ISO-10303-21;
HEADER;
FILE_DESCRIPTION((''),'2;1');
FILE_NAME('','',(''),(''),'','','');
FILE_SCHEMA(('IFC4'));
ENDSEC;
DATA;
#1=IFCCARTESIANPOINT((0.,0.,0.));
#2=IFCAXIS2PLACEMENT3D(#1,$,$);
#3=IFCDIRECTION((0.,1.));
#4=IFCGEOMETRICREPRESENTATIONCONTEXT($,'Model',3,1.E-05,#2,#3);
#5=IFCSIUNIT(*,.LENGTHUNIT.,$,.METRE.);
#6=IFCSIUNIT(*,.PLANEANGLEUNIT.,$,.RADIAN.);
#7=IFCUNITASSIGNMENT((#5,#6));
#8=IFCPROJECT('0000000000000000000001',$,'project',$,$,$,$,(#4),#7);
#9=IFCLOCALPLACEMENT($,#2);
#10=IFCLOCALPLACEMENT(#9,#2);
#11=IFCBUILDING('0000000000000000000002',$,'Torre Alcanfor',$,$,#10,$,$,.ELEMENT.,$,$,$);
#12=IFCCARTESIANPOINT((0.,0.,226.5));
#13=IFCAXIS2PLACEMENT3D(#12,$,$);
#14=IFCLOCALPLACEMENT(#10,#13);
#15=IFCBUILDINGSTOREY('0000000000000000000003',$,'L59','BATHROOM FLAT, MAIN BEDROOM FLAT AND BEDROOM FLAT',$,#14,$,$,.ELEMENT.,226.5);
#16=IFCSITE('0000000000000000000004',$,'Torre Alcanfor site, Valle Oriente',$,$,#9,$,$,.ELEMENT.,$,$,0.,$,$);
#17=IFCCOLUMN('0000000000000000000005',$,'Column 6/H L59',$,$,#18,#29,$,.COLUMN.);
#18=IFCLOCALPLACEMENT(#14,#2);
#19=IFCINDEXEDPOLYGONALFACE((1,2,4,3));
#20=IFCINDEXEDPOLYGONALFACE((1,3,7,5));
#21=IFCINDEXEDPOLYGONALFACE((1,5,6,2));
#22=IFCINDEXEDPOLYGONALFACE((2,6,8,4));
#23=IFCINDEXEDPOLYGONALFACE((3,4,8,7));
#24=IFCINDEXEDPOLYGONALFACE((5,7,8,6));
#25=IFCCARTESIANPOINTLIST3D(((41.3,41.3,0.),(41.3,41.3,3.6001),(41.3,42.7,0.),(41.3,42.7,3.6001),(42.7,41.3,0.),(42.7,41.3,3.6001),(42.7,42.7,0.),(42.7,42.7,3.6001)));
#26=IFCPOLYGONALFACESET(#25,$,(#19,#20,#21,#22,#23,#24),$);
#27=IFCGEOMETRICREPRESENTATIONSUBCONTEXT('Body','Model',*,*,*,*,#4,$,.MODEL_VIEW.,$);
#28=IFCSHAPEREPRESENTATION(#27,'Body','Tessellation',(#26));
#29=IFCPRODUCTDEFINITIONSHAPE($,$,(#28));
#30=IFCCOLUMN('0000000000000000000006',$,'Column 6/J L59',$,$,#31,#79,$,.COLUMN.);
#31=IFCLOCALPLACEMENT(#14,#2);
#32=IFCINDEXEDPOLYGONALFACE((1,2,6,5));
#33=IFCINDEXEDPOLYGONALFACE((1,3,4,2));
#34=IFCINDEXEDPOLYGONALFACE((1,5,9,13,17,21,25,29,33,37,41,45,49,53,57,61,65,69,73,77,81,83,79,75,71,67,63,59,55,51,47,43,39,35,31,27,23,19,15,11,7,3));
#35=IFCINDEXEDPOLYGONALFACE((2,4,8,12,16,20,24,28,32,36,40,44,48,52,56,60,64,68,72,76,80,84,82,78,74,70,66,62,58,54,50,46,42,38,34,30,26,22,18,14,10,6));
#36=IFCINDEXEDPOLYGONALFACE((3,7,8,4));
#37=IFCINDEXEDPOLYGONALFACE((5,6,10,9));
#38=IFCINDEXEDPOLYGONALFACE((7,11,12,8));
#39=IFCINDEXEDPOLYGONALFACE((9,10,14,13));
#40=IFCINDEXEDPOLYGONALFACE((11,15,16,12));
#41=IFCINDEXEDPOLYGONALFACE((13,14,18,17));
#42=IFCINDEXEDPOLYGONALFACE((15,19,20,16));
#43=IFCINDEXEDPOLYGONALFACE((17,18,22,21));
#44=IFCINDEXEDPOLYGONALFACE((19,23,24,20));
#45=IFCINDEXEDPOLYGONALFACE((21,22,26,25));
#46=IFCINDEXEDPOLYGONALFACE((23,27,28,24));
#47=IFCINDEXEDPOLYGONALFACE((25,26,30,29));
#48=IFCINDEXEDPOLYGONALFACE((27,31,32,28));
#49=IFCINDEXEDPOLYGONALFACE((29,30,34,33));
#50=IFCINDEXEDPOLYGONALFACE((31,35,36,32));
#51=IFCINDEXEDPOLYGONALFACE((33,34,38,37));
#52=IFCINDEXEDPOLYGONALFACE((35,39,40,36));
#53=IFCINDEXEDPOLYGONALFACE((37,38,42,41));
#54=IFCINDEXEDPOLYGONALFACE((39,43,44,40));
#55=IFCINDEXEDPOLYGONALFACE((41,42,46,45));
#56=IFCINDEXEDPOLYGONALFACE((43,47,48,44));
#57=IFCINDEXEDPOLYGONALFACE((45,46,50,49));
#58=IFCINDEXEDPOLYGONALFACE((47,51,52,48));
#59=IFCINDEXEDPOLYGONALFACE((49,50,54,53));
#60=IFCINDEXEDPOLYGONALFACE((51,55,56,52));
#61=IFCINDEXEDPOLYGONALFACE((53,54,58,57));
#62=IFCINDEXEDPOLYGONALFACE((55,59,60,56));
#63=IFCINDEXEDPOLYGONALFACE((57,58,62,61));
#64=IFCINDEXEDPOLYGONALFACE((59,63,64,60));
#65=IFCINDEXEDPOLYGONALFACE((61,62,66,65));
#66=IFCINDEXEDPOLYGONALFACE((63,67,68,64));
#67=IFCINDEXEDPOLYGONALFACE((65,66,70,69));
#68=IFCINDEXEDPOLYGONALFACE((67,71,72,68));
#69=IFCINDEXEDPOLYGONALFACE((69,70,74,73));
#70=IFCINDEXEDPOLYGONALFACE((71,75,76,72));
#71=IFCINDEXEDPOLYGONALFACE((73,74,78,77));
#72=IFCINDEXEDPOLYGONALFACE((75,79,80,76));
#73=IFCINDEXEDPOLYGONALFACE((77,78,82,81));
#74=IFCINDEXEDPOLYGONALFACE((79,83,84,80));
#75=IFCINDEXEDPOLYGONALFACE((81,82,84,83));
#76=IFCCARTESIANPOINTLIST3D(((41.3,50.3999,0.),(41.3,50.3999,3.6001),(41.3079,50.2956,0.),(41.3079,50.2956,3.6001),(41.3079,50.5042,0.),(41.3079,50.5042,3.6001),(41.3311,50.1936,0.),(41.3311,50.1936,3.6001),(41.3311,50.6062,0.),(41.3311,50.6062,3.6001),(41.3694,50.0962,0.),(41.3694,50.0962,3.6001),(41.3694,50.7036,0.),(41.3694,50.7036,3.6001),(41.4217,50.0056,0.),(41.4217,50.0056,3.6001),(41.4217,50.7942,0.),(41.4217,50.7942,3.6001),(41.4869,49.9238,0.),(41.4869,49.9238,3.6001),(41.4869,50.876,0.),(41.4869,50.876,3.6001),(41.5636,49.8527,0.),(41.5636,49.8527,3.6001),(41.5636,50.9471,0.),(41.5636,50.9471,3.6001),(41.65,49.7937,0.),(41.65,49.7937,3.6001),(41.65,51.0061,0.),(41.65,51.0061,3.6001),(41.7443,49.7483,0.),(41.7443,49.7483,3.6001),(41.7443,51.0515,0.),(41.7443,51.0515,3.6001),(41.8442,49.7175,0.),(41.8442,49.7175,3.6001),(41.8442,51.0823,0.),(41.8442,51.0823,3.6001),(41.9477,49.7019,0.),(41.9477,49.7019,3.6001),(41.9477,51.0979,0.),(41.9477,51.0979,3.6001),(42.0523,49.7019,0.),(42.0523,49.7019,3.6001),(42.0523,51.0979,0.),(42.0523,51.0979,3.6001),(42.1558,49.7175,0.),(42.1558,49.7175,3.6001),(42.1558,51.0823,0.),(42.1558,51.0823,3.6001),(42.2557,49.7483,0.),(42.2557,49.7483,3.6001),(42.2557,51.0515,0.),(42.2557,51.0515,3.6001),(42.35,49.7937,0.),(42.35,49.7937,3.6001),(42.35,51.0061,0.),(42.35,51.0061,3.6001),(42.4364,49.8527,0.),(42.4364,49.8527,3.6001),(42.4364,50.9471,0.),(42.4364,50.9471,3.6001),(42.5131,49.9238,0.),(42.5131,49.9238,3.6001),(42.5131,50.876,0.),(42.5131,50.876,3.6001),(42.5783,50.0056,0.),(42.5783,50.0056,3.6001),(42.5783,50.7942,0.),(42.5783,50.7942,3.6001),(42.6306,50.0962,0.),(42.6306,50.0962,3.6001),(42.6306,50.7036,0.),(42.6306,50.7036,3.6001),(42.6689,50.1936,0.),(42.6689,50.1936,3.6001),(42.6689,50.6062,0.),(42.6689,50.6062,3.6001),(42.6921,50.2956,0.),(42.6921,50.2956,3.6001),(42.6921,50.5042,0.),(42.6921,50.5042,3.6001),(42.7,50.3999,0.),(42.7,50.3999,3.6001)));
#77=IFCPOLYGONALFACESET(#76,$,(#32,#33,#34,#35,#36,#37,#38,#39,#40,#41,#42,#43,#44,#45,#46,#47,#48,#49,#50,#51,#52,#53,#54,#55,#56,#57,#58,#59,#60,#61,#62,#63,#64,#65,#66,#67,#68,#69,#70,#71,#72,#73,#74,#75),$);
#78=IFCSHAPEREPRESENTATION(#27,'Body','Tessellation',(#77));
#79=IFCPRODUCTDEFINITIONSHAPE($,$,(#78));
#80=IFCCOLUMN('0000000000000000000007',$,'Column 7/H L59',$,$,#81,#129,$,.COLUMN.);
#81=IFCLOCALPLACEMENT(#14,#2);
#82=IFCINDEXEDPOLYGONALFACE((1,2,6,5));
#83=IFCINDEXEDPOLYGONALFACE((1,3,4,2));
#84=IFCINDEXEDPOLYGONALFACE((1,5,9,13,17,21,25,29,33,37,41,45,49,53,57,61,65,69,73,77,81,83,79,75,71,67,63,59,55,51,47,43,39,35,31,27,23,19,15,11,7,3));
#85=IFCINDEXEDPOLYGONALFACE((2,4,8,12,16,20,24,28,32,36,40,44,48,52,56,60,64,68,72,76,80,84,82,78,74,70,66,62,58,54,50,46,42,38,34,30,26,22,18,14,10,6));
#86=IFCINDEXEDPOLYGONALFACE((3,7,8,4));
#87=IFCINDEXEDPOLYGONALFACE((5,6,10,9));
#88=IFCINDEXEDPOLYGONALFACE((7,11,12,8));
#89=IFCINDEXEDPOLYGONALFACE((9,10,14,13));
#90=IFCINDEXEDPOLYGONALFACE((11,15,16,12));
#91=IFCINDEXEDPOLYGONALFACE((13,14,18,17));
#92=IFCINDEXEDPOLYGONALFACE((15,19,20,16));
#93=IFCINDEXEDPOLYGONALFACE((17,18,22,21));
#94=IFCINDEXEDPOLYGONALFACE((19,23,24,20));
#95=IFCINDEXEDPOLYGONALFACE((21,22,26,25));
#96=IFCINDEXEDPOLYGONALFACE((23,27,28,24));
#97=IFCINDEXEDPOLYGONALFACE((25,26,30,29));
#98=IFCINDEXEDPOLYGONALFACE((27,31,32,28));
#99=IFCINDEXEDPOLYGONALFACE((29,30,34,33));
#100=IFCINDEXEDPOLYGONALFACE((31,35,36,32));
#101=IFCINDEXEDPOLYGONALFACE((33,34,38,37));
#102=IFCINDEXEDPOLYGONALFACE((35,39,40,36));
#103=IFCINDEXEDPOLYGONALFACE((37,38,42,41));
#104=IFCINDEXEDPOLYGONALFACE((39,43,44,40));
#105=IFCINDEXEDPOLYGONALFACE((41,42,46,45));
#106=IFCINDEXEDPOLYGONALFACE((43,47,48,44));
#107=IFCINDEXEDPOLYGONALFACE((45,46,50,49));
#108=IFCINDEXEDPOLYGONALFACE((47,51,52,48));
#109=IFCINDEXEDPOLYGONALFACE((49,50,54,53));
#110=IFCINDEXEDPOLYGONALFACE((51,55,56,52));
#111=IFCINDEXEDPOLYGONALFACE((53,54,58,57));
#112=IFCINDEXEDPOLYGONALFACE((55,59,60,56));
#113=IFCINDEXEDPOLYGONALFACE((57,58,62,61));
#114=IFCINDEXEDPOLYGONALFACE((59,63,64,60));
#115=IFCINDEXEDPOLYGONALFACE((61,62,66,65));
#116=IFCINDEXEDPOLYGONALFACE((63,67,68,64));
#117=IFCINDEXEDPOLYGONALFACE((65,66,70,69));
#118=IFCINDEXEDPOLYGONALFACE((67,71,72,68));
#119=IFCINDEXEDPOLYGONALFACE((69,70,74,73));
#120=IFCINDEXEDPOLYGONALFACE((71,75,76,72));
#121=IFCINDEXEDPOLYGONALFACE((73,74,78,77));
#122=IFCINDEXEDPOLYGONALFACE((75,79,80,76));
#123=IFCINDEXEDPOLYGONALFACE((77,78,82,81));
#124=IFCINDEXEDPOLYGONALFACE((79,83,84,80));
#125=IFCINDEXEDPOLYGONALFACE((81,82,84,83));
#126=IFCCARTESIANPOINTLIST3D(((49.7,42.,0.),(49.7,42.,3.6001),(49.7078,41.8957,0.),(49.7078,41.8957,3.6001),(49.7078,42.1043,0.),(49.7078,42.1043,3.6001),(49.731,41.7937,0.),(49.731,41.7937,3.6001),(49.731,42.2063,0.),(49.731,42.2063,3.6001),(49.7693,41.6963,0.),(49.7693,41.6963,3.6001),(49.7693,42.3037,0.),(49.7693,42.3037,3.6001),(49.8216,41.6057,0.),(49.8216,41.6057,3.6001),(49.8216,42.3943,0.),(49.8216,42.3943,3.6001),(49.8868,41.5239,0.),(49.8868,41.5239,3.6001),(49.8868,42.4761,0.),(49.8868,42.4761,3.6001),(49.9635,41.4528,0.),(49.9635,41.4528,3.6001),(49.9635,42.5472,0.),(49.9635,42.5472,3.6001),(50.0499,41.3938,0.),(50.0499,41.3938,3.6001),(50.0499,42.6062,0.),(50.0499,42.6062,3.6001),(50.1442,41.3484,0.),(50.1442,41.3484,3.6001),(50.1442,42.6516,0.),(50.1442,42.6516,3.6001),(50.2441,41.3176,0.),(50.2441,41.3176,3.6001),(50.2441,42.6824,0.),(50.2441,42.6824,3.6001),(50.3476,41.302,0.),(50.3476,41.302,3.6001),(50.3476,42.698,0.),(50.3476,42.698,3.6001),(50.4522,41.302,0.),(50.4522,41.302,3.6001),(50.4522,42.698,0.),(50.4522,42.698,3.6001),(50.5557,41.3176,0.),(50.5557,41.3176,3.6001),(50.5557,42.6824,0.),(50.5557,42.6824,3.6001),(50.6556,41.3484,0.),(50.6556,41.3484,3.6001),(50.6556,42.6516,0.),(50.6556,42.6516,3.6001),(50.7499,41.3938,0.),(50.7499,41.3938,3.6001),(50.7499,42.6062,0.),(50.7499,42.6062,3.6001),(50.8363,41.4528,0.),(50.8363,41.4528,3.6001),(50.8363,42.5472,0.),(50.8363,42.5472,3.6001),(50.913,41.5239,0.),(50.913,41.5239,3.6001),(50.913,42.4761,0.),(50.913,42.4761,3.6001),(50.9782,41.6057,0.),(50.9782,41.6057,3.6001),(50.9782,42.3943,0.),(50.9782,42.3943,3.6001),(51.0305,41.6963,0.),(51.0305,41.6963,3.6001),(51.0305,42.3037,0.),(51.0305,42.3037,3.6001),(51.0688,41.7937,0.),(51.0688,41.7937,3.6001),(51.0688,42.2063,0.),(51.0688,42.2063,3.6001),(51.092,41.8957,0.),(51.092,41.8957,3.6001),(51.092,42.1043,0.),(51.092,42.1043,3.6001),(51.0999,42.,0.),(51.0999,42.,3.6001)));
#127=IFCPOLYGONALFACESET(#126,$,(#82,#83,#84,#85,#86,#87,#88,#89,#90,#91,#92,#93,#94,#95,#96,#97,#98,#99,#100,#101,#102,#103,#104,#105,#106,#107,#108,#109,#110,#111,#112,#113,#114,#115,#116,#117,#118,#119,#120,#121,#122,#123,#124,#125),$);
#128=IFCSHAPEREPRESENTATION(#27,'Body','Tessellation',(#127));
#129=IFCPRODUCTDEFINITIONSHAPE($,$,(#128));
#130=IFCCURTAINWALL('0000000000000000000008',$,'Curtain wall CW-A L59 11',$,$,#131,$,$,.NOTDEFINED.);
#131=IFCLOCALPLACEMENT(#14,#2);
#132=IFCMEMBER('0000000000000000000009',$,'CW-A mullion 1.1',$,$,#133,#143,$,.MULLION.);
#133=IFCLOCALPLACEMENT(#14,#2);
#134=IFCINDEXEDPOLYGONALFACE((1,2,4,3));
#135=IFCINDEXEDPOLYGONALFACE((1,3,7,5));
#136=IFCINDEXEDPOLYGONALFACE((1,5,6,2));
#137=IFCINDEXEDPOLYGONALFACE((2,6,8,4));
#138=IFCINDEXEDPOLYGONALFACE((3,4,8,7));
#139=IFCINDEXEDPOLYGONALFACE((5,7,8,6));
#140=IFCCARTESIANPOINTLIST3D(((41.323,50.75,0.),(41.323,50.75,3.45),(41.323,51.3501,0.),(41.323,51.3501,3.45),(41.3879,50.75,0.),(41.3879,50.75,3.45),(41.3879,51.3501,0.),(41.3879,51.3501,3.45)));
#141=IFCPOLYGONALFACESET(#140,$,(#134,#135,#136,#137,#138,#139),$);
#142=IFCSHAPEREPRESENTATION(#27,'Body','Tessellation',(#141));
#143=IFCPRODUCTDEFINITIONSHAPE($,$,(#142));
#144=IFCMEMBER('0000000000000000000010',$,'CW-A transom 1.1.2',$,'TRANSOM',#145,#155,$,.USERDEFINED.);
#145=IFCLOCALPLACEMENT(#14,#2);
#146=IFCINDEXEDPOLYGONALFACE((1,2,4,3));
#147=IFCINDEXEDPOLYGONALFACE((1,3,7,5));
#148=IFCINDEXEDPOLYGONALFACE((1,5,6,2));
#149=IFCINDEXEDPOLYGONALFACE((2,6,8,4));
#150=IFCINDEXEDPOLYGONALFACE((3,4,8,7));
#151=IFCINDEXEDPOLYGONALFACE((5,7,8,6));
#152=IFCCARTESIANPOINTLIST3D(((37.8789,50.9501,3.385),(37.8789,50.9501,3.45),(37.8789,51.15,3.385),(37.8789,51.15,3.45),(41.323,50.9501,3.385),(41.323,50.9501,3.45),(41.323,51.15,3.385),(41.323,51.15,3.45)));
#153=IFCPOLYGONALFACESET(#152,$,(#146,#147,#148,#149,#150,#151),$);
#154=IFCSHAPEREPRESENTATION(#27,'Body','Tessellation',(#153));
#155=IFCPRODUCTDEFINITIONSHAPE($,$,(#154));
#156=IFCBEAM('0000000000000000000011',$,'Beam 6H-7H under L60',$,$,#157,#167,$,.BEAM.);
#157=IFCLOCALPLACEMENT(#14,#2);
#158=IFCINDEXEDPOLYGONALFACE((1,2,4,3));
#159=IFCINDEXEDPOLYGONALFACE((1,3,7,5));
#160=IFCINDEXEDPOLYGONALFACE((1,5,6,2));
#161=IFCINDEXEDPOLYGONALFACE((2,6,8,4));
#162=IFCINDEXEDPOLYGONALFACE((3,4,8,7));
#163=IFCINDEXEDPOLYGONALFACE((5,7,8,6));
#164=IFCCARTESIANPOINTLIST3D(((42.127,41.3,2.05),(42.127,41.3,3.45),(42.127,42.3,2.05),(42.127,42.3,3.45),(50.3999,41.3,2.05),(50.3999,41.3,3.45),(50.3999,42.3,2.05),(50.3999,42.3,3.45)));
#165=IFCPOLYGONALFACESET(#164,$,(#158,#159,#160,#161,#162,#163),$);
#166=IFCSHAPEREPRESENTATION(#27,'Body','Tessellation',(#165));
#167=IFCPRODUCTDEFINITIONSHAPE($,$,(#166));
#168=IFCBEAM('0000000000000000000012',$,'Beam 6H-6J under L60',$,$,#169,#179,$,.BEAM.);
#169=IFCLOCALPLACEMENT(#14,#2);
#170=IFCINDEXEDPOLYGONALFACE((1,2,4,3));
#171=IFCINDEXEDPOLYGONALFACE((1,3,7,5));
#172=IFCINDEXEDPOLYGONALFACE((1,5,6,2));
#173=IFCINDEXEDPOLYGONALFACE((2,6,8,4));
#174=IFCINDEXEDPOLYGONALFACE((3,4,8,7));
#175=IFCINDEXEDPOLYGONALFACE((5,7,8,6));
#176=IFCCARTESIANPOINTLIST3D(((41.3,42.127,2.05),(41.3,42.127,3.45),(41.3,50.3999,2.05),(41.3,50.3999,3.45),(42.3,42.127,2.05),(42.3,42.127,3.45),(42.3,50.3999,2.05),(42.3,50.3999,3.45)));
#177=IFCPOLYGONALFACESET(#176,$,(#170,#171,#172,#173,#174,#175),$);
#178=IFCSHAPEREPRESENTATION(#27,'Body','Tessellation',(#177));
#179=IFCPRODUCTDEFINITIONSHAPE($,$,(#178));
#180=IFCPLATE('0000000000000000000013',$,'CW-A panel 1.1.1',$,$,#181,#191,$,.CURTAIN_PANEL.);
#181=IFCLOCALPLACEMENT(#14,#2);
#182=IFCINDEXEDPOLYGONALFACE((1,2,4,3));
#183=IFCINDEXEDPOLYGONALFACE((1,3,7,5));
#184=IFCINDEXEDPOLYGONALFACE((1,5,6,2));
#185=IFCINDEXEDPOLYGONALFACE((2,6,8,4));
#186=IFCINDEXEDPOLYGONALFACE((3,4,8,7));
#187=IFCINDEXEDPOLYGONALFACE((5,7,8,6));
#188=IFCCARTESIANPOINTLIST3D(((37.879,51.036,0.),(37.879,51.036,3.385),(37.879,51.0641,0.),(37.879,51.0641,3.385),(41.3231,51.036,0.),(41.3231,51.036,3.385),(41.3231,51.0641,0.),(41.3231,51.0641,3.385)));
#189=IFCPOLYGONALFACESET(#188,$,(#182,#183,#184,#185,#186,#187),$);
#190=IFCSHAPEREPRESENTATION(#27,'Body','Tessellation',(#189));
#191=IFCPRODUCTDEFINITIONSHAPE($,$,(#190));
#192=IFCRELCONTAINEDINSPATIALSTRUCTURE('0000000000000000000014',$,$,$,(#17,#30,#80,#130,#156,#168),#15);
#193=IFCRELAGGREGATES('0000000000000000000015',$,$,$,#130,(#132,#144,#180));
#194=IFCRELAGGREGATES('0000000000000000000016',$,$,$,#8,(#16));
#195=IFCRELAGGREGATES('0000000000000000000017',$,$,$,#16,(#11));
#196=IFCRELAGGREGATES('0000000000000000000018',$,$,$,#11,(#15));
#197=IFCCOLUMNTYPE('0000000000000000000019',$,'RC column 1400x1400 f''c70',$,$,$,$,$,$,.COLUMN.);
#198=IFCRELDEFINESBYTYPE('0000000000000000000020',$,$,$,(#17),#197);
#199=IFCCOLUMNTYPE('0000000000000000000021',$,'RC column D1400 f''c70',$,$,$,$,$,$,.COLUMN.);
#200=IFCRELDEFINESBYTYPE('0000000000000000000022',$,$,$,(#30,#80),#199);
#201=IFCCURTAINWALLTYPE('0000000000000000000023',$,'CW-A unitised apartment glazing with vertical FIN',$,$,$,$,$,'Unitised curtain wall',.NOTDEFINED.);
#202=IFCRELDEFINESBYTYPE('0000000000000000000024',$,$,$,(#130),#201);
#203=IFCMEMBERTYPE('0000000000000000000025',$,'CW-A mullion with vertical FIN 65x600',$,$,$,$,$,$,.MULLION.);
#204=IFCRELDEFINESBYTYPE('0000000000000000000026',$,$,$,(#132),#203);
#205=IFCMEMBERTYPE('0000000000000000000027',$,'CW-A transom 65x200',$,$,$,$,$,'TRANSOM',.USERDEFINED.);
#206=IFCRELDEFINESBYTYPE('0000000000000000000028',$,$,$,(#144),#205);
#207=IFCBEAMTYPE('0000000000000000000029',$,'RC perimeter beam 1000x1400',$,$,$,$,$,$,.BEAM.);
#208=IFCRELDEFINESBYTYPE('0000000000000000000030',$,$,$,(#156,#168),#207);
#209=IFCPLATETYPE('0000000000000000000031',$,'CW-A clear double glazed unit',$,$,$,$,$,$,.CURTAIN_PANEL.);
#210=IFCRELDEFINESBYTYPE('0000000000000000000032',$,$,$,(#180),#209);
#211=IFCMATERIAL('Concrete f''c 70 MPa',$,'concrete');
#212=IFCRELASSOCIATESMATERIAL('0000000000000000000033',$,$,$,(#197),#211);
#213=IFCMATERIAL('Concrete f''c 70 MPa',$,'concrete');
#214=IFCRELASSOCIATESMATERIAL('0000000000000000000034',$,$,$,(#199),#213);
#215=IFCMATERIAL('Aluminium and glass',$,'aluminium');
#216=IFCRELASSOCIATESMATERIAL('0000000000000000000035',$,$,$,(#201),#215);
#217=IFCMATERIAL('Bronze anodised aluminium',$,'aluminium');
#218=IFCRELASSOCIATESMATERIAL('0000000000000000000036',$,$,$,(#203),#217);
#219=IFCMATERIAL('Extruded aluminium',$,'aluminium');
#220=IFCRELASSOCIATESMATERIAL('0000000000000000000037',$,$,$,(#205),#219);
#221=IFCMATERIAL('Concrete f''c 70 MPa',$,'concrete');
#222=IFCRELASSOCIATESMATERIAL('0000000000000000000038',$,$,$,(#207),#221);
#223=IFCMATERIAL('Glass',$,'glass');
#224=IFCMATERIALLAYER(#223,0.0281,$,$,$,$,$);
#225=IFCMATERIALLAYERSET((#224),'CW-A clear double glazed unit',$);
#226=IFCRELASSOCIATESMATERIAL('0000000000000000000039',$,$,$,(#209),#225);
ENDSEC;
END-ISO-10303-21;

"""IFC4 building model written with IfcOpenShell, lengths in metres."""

from ifc_helpers import new_model, si_unit, direction, frame, origin, origin_2d, place, context, subcontext, project, spatial, rectangle, circle, extrude, material, layer, layer_set, material_profile, profile_set, type_object, element, aggregate, save


model = new_model("IFC4")

# Units and contexts
model_context = context("Model", 3, precision=1e-05, world=origin(), true_north=direction((0.0, 1.0)))
body_context = subcontext(model_context, "Body", "Model", "MODEL_VIEW")
ifc_project = project(units=[si_unit("LENGTHUNIT", "METRE"), si_unit("PLANEANGLEUNIT", "RADIAN")], contexts=[model_context])

# Site, building, storey
site_placement = place(None, origin())
site = spatial("IfcSite", under=ifc_project, at=site_placement, Name="Torre Alcanfor site, Valle Oriente", CompositionType="ELEMENT", RefElevation=0.0)
building_placement = place(site_placement, origin())
building = spatial("IfcBuilding", under=site, at=building_placement, Name="Torre Alcanfor", CompositionType="ELEMENT")
storey_placement = place(building_placement, frame((0.0, 0.0, 226.5)))
storey = spatial("IfcBuildingStorey", under=building, at=storey_placement, Name="L59", Description="BATHROOM FLAT, MAIN BEDROOM FLAT AND BEDROOM FLAT", CompositionType="ELEMENT", Elevation=226.5)

# Columns
ifc_material_1 = material(Name="Concrete f'c 70 MPa", Category="concrete")
ifc_material_profile_1 = material_profile(ifc_material_1, rectangle(XDim=1.3999, YDim=1.3999, at=origin_2d()), Name="1400x1400")
ifc_profile_set_1 = profile_set([ifc_material_profile_1], Name="Concrete f'c 70 MPa")
column_type_1 = type_object("IfcColumnType", Name="RC column 1400x1400 f'c70", PredefinedType="COLUMN", material=ifc_profile_set_1)
column_placement = place(storey_placement, frame((42.0, 42.0, 0.0), z_axis=(0.0, 0.0, 1.0), x_axis=(1.0, 0.0, 0.0)))
element("IfcColumn", 1, at=column_placement, inside=storey, type_object=column_type_1, Name="Column 6/H L59", PredefinedType="COLUMN", context=body_context, shape_type="SweptSolid", body=[
    extrude(rectangle(XDim=1.3999, YDim=1.3999, at=origin_2d()), origin(), (0.0, 0.0, 1.0), 3.6001),
])
ifc_material_2 = material(Name="Concrete f'c 70 MPa", Category="concrete")
ifc_material_profile_2 = material_profile(ifc_material_2, circle(Radius=0.7, at=origin_2d()), Name="D1400")
ifc_profile_set_2 = profile_set([ifc_material_profile_2], Name="Concrete f'c 70 MPa")
column_type_2 = type_object("IfcColumnType", Name="RC column D1400 f'c70", PredefinedType="COLUMN", material=ifc_profile_set_2)
for number, where, z_axis, x_axis, name in (
    (2, (42.0, 50.3999, 0.0), (0.0, 0.0, 1.0), (1.0, 0.0, 0.0), "Column 6/J L59"),
    (3, (50.3999, 42.0, 0.0), (0.0, 0.0, 1.0), (1.0, 0.0, 0.0), "Column 7/H L59"),
):
    element("IfcColumn", number, at=place(storey_placement, frame(where, z_axis=z_axis, x_axis=x_axis)), inside=storey, type_object=column_type_2, Name=name, PredefinedType="COLUMN", context=body_context, shape_type="SweptSolid", body=[
        extrude(circle(Radius=0.7, at=origin_2d()), origin(), (0.0, 0.0, 1.0), 3.6001),
    ])

# Curtain wall, members
ifc_material_3 = material(Name="Aluminium and glass", Category="aluminium")
curtain_wall_type = type_object("IfcCurtainWallType", Name="CW-A unitised apartment glazing with vertical FIN", ElementType="Unitised curtain wall", PredefinedType="NOTDEFINED", material=ifc_material_3)
curtain_wall_placement = place(storey_placement, origin())
curtain_wall = element("IfcCurtainWall", 4, at=curtain_wall_placement, inside=storey, type_object=curtain_wall_type, Name="Curtain wall CW-A L59 11", PredefinedType="NOTDEFINED")
ifc_material_4 = material(Name="Bronze anodised aluminium", Category="aluminium")
ifc_material_profile_3 = material_profile(ifc_material_4, rectangle(XDim=0.6001, YDim=0.0649, at=origin_2d()), Name="CW-A mullion 65x600")
ifc_profile_set_3 = profile_set([ifc_material_profile_3], Name="Bronze anodised aluminium")
member_type_1 = type_object("IfcMemberType", Name="CW-A mullion with vertical FIN 65x600", PredefinedType="MULLION", material=ifc_profile_set_3)
member_1_placement = place(storey_placement, frame((41.3555, 51.05, 0.0), z_axis=(0.0, 0.0, 1.0), x_axis=(0.0, -1.0, 0.0)))
member_1 = element("IfcMember", 5, at=member_1_placement, type_object=member_type_1, Name="CW-A mullion 1.1", PredefinedType="MULLION", context=body_context, shape_type="SweptSolid", body=[
    extrude(rectangle(XDim=0.6001, YDim=0.0649, at=origin_2d()), origin(), (0.0, 0.0, 1.0), 3.45),
])
ifc_material_5 = material(Name="Extruded aluminium", Category="aluminium")
ifc_material_profile_4 = material_profile(ifc_material_5, rectangle(XDim=0.2, YDim=0.0649, at=origin_2d()), Name="CW-A transom 200x65")
ifc_profile_set_4 = profile_set([ifc_material_profile_4], Name="Extruded aluminium")
member_type_2 = type_object("IfcMemberType", Name="CW-A transom 65x200", ElementType="TRANSOM", PredefinedType="USERDEFINED", material=ifc_profile_set_4)
member_2_placement = place(storey_placement, frame((41.323, 51.05, 3.4175), z_axis=(-1.0, 0.0, 0.0), x_axis=(0.0, -1.0, 0.0)))
member_2 = element("IfcMember", 6, at=member_2_placement, type_object=member_type_2, Name="CW-A transom 1.1.2", ObjectType="TRANSOM", PredefinedType="USERDEFINED", context=body_context, shape_type="SweptSolid", body=[
    extrude(rectangle(XDim=0.2, YDim=0.0649, at=origin_2d()), origin(), (0.0, 0.0, 1.0), 3.4441),
])

# Beams
ifc_material_6 = material(Name="Concrete f'c 70 MPa", Category="concrete")
ifc_material_profile_5 = material_profile(ifc_material_6, rectangle(XDim=1.0, YDim=1.3999, at=origin_2d()), Name="1000x1400")
ifc_profile_set_5 = profile_set([ifc_material_profile_5], Name="Concrete f'c 70 MPa")
beam_type = type_object("IfcBeamType", Name="RC perimeter beam 1000x1400", PredefinedType="BEAM", material=ifc_profile_set_5)
for number, where, z_axis, x_axis, name in (
    (7, (42.127, 41.8, 2.75), (1.0, 0.0, 0.0), (0.0, 1.0, 0.0), "Beam 6H-7H under L60"),
    (8, (41.8, 42.127, 2.75), (0.0, 1.0, 0.0), (-1.0, 0.0, 0.0), "Beam 6H-6J under L60"),
):
    element("IfcBeam", number, at=place(storey_placement, frame(where, z_axis=z_axis, x_axis=x_axis)), inside=storey, type_object=beam_type, Name=name, PredefinedType="BEAM", context=body_context, shape_type="SweptSolid", body=[
        extrude(rectangle(XDim=1.0, YDim=1.3999, at=origin_2d()), origin(), (0.0, 0.0, 1.0), 8.2729),
    ])

# Plate
ifc_material_7 = material(Name="Glass", Category="glass")
ifc_layer_1 = layer(ifc_material_7, 0.0281)
ifc_layer_set_1 = layer_set([ifc_layer_1], Name="CW-A clear double glazed unit")
plate_type = type_object("IfcPlateType", Name="CW-A clear double glazed unit", PredefinedType="CURTAIN_PANEL", material=ifc_layer_set_1)
plate_placement = place(storey_placement, frame((39.6011, 51.05, 0.0), z_axis=(0.0, 0.0, 1.0), x_axis=(-1.0, 0.0, 0.0)))
plate = element("IfcPlate", 9, at=plate_placement, type_object=plate_type, Name="CW-A panel 1.1.1", PredefinedType="CURTAIN_PANEL", context=body_context, shape_type="SweptSolid", body=[
    extrude(rectangle(XDim=3.4441, YDim=0.0281, at=origin_2d()), origin(), (0.0, 0.0, 1.0), 3.385),
])
aggregate(curtain_wall, [member_1, member_2, plate])

save(model, "model.ifc")
